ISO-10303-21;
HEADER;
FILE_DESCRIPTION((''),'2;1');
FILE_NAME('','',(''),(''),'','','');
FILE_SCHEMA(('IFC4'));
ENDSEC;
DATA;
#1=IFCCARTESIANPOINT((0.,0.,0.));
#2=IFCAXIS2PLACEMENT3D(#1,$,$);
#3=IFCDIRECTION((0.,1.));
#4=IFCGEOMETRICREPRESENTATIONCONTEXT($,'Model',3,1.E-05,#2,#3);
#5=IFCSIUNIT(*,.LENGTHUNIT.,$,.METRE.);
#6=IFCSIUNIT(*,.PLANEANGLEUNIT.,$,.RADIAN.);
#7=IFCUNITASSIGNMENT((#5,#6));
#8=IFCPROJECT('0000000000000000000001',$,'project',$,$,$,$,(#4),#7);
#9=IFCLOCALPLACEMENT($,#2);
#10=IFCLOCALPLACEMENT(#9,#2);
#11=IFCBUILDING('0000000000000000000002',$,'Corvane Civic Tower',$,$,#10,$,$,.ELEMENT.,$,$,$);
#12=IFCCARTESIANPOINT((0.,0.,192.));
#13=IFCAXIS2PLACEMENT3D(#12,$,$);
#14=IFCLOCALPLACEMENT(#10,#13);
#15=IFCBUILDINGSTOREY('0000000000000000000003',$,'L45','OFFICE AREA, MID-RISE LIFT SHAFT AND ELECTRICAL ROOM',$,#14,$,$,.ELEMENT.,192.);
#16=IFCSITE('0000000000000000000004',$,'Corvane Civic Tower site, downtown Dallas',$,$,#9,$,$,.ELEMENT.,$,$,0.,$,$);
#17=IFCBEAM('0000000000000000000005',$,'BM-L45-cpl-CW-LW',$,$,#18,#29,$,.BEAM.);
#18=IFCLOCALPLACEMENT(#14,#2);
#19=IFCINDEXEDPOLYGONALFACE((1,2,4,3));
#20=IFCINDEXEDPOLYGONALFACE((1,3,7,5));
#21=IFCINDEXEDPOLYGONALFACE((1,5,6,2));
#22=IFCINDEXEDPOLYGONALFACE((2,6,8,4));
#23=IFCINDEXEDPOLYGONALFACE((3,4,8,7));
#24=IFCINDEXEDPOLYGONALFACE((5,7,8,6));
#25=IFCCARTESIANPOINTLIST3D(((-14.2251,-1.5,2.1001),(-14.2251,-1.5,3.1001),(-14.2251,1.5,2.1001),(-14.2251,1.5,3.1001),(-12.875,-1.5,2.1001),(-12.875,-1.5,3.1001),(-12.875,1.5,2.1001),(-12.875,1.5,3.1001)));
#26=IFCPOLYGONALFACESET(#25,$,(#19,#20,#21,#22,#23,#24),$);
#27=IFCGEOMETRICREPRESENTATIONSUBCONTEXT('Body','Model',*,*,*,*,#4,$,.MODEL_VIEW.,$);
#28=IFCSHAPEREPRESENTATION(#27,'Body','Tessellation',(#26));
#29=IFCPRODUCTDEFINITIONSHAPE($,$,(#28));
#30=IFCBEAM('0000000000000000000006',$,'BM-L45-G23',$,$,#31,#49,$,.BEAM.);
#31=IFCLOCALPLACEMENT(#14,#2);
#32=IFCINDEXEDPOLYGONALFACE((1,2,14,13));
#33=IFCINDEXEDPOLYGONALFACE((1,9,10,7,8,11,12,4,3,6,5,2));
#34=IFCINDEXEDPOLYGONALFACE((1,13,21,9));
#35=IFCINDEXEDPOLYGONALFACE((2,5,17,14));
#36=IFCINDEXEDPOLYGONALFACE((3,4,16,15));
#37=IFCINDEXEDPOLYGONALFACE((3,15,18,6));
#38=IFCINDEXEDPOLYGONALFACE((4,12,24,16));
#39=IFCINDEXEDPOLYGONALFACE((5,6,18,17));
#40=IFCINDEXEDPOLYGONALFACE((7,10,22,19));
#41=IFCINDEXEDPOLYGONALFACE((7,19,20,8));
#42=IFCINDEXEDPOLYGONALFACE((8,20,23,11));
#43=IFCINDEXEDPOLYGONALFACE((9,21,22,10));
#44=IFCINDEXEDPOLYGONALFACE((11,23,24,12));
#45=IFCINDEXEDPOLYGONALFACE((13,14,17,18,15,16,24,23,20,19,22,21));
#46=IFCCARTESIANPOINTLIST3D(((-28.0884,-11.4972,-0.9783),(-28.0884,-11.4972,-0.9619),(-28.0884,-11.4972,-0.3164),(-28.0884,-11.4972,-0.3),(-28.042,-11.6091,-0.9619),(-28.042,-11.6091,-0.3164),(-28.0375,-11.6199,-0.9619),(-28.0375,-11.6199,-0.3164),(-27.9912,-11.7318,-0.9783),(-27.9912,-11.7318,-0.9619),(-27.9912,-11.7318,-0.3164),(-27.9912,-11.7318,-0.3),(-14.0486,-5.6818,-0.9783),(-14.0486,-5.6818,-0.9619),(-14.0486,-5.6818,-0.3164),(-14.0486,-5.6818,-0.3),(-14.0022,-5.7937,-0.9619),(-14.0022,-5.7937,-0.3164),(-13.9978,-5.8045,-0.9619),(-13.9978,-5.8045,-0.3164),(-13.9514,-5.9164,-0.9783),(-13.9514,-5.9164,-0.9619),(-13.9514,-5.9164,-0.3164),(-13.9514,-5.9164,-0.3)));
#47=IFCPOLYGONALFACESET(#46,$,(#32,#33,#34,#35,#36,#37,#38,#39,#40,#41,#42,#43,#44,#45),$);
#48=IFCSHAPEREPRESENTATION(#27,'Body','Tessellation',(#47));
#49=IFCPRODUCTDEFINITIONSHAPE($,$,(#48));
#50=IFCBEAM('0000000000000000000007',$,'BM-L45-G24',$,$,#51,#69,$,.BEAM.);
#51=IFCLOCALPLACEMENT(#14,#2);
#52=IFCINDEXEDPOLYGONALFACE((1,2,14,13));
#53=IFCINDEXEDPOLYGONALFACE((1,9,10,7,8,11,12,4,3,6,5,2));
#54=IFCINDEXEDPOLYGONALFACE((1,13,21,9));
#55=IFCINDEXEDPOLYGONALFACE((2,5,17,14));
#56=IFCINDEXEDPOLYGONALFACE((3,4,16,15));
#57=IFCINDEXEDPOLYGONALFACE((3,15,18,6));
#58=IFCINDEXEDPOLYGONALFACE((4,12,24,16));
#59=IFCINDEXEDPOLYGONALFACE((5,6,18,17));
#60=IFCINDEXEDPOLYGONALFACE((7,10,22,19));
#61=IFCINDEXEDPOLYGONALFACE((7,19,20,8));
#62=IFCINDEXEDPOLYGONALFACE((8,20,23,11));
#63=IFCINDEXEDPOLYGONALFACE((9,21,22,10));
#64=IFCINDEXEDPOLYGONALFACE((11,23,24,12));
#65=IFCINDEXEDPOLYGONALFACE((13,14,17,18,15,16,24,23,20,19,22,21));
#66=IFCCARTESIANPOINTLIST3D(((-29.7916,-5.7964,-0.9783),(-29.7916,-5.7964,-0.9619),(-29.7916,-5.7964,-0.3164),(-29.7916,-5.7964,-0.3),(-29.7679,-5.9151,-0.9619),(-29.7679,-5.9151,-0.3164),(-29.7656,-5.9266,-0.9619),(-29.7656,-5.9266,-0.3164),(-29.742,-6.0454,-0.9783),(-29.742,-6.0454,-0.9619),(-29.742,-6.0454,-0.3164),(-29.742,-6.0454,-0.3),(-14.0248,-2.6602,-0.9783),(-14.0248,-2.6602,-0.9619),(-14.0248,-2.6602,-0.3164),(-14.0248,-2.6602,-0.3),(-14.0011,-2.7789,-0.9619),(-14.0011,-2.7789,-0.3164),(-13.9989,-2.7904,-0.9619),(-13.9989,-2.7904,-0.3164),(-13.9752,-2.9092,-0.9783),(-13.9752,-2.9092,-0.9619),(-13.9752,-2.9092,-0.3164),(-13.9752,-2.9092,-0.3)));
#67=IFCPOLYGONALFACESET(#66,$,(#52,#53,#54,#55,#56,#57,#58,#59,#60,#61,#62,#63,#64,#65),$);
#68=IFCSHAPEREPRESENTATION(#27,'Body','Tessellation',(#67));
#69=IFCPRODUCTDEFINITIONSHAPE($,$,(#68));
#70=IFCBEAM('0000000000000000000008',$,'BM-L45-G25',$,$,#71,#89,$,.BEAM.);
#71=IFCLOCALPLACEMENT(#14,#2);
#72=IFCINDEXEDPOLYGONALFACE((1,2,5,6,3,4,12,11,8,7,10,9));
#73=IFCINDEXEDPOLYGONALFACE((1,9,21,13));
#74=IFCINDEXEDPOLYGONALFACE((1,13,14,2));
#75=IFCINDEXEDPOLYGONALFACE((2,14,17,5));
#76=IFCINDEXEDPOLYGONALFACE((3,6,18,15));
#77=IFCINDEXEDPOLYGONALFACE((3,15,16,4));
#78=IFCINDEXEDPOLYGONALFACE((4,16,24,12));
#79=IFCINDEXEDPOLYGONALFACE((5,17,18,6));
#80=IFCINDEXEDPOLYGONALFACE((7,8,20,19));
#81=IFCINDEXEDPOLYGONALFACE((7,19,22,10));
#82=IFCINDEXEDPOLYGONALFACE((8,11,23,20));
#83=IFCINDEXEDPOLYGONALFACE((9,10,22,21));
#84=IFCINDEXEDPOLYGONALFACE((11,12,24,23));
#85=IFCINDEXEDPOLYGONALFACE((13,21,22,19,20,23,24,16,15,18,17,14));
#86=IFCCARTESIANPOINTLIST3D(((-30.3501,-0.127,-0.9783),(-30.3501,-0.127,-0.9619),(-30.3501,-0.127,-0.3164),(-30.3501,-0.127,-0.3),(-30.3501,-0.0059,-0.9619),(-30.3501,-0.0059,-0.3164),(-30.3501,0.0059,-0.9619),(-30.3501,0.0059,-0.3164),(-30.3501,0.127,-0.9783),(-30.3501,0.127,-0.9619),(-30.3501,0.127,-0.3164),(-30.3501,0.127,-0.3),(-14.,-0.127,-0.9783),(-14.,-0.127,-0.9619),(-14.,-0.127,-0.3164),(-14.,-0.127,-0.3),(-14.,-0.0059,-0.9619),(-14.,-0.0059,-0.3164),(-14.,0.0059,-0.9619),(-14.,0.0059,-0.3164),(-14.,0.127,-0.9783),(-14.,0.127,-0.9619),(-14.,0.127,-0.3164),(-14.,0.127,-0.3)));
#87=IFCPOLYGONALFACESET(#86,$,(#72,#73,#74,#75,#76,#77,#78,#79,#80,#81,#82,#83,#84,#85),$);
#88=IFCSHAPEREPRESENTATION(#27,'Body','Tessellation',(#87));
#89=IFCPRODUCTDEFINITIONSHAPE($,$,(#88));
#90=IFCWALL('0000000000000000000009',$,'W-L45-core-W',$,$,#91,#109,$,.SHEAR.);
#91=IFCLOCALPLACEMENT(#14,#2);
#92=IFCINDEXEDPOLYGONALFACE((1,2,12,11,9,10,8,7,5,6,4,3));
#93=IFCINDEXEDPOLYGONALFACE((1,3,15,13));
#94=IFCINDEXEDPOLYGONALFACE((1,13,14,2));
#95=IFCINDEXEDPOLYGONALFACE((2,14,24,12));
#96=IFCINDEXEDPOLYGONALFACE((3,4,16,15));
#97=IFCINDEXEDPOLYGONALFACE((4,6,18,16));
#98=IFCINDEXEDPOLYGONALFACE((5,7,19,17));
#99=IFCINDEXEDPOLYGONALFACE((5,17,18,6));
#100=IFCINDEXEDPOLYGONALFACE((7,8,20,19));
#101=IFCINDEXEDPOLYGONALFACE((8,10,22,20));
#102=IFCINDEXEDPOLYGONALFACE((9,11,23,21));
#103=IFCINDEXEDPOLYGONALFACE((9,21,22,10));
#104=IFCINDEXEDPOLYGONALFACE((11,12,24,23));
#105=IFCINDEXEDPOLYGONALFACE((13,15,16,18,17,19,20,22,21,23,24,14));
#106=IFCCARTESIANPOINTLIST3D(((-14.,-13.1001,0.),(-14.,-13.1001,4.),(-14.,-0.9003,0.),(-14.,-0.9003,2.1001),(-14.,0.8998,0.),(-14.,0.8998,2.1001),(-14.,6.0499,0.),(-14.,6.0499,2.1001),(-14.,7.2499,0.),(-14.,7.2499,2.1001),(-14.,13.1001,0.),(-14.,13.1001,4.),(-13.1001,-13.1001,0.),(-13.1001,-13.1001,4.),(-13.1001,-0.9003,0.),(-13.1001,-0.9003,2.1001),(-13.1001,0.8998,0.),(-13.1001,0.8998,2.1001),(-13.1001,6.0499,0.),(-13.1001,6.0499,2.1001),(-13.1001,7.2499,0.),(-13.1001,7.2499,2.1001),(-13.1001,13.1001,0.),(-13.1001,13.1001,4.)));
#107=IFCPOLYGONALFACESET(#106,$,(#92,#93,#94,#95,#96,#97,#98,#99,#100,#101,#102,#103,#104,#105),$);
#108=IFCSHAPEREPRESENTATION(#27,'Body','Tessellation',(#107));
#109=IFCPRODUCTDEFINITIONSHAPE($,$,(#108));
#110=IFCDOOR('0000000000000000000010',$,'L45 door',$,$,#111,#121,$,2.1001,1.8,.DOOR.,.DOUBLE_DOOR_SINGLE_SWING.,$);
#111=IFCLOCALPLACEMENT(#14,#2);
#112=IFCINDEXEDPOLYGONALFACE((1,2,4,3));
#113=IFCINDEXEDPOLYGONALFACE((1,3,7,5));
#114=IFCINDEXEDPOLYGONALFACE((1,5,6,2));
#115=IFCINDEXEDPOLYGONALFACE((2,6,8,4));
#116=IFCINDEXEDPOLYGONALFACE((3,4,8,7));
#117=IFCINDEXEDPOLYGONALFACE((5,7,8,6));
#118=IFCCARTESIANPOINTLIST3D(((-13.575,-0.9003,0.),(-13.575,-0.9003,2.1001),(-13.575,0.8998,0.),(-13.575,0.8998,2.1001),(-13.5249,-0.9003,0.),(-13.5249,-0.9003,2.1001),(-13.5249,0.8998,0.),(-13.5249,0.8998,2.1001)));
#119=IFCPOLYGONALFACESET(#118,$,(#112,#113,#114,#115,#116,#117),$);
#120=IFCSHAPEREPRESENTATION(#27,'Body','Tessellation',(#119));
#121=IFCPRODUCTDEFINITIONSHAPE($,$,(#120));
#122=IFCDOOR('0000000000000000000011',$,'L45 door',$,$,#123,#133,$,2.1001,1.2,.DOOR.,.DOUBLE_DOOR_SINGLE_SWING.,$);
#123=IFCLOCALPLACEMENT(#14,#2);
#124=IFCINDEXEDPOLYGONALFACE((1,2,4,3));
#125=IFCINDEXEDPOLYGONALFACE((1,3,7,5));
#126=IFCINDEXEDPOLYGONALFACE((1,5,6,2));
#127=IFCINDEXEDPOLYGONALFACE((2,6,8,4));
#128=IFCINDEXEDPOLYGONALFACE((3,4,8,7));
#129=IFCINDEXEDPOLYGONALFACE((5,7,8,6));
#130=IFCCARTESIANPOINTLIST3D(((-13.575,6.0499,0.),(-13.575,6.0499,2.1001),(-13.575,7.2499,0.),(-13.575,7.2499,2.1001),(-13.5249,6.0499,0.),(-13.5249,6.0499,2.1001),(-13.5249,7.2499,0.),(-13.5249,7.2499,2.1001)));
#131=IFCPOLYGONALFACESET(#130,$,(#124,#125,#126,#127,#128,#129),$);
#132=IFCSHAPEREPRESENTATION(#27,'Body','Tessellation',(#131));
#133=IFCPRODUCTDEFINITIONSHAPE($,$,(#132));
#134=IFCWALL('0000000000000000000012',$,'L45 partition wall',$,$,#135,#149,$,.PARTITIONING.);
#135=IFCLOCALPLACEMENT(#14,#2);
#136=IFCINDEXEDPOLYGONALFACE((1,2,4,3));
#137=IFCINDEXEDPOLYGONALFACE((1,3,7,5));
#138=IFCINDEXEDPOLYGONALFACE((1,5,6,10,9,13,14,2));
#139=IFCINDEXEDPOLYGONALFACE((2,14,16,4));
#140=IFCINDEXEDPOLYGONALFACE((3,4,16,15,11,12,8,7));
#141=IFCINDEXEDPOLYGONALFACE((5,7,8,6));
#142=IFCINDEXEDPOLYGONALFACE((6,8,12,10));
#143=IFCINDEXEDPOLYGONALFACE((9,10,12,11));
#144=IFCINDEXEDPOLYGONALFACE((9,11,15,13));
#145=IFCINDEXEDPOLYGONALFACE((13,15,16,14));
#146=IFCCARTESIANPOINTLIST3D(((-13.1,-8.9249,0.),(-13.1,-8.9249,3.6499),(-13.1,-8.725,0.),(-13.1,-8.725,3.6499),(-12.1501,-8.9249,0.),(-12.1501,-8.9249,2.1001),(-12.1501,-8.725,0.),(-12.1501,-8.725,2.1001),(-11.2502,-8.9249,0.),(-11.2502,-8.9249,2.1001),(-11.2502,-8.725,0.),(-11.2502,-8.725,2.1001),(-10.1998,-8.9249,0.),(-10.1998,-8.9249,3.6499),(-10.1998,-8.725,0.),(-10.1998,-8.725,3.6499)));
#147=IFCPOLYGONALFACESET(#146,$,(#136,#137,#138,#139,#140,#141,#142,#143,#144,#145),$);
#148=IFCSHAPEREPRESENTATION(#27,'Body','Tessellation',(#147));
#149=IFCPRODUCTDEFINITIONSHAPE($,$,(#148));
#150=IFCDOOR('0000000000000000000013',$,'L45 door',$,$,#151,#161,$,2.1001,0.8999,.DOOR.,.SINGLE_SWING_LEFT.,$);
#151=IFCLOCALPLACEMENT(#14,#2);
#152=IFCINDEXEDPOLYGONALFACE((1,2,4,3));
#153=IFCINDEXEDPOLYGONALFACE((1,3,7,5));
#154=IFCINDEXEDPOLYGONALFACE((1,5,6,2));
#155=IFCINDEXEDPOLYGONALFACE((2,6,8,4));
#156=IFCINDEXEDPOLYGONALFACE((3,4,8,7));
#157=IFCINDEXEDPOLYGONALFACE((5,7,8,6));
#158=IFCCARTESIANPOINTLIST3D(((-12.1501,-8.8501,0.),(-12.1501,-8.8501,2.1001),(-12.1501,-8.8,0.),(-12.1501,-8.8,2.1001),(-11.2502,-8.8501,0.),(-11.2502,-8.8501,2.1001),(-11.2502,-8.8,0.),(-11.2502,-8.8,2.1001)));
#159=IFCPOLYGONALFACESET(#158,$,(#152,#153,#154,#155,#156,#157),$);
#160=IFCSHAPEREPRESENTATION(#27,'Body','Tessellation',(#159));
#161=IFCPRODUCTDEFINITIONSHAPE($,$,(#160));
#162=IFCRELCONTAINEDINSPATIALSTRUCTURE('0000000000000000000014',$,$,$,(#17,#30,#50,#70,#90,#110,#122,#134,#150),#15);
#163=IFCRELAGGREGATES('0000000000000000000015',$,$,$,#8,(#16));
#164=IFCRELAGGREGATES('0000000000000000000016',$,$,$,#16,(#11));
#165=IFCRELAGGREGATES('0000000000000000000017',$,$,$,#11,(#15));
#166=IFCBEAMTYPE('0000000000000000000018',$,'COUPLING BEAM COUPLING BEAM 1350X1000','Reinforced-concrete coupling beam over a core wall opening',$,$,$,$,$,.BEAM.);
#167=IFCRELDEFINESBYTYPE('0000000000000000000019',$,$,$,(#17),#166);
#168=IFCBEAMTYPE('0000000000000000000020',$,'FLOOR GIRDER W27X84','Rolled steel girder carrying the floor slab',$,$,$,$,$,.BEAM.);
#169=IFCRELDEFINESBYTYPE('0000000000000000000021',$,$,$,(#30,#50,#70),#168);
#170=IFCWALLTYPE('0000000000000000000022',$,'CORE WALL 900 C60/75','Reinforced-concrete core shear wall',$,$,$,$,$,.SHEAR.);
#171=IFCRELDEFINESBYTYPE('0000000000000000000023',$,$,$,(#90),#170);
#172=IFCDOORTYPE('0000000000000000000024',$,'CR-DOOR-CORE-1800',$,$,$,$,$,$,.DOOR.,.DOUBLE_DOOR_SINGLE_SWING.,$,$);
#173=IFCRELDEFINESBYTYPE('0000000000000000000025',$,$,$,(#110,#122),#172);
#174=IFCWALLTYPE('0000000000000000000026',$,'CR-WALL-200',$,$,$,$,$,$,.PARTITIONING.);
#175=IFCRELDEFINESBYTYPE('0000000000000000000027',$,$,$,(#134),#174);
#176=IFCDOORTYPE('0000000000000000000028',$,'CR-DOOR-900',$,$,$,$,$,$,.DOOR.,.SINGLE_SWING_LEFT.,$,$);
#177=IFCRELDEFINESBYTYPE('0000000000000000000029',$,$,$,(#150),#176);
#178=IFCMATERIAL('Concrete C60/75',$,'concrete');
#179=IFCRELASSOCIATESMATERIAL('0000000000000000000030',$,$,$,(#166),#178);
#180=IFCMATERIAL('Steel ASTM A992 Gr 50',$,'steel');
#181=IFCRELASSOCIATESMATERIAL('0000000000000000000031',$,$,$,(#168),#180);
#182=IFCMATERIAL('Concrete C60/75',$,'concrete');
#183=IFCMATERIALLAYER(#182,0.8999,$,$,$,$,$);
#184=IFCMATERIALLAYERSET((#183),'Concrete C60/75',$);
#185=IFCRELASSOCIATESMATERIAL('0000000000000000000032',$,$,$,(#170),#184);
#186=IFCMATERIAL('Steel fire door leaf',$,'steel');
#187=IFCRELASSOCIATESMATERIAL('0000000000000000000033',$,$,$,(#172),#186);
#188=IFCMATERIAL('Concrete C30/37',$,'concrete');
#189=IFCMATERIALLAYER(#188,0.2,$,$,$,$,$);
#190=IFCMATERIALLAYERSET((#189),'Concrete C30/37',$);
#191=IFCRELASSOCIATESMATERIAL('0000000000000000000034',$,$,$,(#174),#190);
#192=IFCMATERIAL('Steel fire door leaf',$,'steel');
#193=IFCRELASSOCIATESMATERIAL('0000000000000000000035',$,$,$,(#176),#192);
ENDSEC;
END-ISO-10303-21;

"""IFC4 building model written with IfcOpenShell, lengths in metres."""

from ifc_helpers import new_model, si_unit, direction, frame, frame_2d, origin, origin_2d, place, context, subcontext, project, spatial, rectangle, i_section, extrude, material, layer, layer_set, material_profile, profile_set, type_object, element, fill, save


model = new_model("IFC4")

# Units and contexts
model_context = context("Model", 3, precision=1e-05, world=origin(), true_north=direction((0.0, 1.0)))
body_context = subcontext(model_context, "Body", "Model", "MODEL_VIEW")
ifc_project = project(units=[si_unit("LENGTHUNIT", "METRE"), si_unit("PLANEANGLEUNIT", "RADIAN")], contexts=[model_context])

# Site, building, storey
site_placement = place(None, origin())
site = spatial("IfcSite", under=ifc_project, at=site_placement, Name="Corvane Civic Tower site, downtown Dallas", CompositionType="ELEMENT", RefElevation=0.0)
building_placement = place(site_placement, origin())
building = spatial("IfcBuilding", under=site, at=building_placement, Name="Corvane Civic Tower", CompositionType="ELEMENT")
storey_placement = place(building_placement, frame((0.0, 0.0, 192.0)))
storey = spatial("IfcBuildingStorey", under=building, at=storey_placement, Name="L45", Description="OFFICE AREA, MID-RISE LIFT SHAFT AND ELECTRICAL ROOM", CompositionType="ELEMENT", Elevation=192.0)

# Beams
ifc_material_1 = material(Name="Concrete C60/75", Category="concrete")
ifc_material_profile_1 = material_profile(ifc_material_1, rectangle(XDim=1.3501, YDim=1.0, at=origin_2d()), Name="COUPLING BEAM 1350X1000")
ifc_profile_set_1 = profile_set([ifc_material_profile_1], Name="Concrete C60/75")
beam_type_1 = type_object("IfcBeamType", Name="COUPLING BEAM COUPLING BEAM 1350X1000", Description="Reinforced-concrete coupling beam over a core wall opening", PredefinedType="BEAM", material=ifc_profile_set_1)
beam_1_placement = place(storey_placement, frame((-13.55, -1.5, 2.6001), z_axis=(0.0, 1.0, 0.0), x_axis=(-1.0, 0.0, 0.0)))
element("IfcBeam", 1, at=beam_1_placement, inside=storey, type_object=beam_type_1, Name="BM-L45-cpl-CW-LW", PredefinedType="BEAM", context=body_context, shape_type="SweptSolid", body=[
    extrude(rectangle(XDim=1.3501, YDim=1.0, at=origin_2d()), origin(), (0.0, 0.0, 1.0), 3.0),
])
ifc_material_2 = material(Name="Steel ASTM A992 Gr 50", Category="steel")
ifc_material_profile_2 = material_profile(ifc_material_2, i_section(OverallWidth=0.2539, OverallDepth=0.6782, WebThickness=0.0117, FlangeThickness=0.0164, at=origin_2d()), Name="W27X84")
ifc_profile_set_2 = profile_set([ifc_material_profile_2], Name="Steel ASTM A992 Gr 50")
beam_type_2 = type_object("IfcBeamType", Name="FLOOR GIRDER W27X84", Description="Rolled steel girder carrying the floor slab", PredefinedType="BEAM", material=ifc_profile_set_2)
beam_2_placement = place(storey_placement, frame((-14.0, -5.7991, -0.6392), z_axis=(-0.923881, -0.382681, 0.0), x_axis=(0.382681, -0.923881, 0.0)))
element("IfcBeam", 2, at=beam_2_placement, inside=storey, type_object=beam_type_2, Name="BM-L45-G23", PredefinedType="BEAM", context=body_context, shape_type="SweptSolid", body=[
    extrude(i_section(OverallWidth=0.2539, OverallDepth=0.6782, WebThickness=0.0117, FlangeThickness=0.0164, at=origin_2d()), origin(), (0.0, 0.0, 1.0), 15.1965),
])
beam_3_placement = place(storey_placement, frame((-14.0, -2.7847, -0.6392), z_axis=(-0.980785, -0.195091, 0.0), x_axis=(0.195091, -0.980785, 0.0)))
element("IfcBeam", 3, at=beam_3_placement, inside=storey, type_object=beam_type_2, Name="BM-L45-G24", PredefinedType="BEAM", context=body_context, shape_type="SweptSolid", body=[
    extrude(i_section(OverallWidth=0.2539, OverallDepth=0.6782, WebThickness=0.0117, FlangeThickness=0.0164, at=origin_2d()), origin(), (0.0, 0.0, 1.0), 16.0757),
])
beam_4_placement = place(storey_placement, frame((-14.0, 0.0, -0.6392), z_axis=(-1.0, 0.0, 0.0), x_axis=(0.0, -1.0, 0.0)))
element("IfcBeam", 4, at=beam_4_placement, inside=storey, type_object=beam_type_2, Name="BM-L45-G25", PredefinedType="BEAM", context=body_context, shape_type="SweptSolid", body=[
    extrude(i_section(OverallWidth=0.2539, OverallDepth=0.6782, WebThickness=0.0117, FlangeThickness=0.0164, at=origin_2d()), origin(), (0.0, 0.0, 1.0), 16.3501),
])

# Wall, openings, doors
ifc_material_3 = material(Name="Concrete C60/75", Category="concrete")
ifc_layer_1 = layer(ifc_material_3, 0.8999)
ifc_layer_set_1 = layer_set([ifc_layer_1], Name="Concrete C60/75")
wall_type_1 = type_object("IfcWallType", Name="CORE WALL 900 C60/75", Description="Reinforced-concrete core shear wall", PredefinedType="SHEAR", material=ifc_layer_set_1)
wall_1_placement = place(storey_placement, frame((-13.55, -13.1001, 0.0), z_axis=(0.0, 0.0, 1.0), x_axis=(0.0, 1.0, 0.0)))
wall_1 = element("IfcWall", 5, at=wall_1_placement, inside=storey, type_object=wall_type_1, Name="W-L45-core-W", PredefinedType="SHEAR", context=body_context, shape_type="SweptSolid", body=[
    extrude(rectangle(XDim=26.2002, YDim=0.8999, at=frame_2d((13.1001, 0.0))), origin(), (0.0, 0.0, 1.0), 4.0),
])
opening_1_placement = place(wall_1_placement, frame((12.2, 0.0, 0.0)))
opening_1 = element("IfcOpeningElement", 6, at=opening_1_placement, cuts=wall_1, PredefinedType="OPENING", context=body_context, shape_type="SweptSolid", body=[
    extrude(rectangle(XDim=1.8, YDim=2.1001, at=frame_2d((0.8999, 1.05))), frame((0.0, 0.46, 0.0), z_axis=(0.0, -1.0, 0.0), x_axis=(1.0, 0.0, 0.0)), (0.0, 0.0, 1.0), 0.9199),
])
opening_2_placement = place(wall_1_placement, frame((19.1499, 0.0, 0.0)))
opening_2 = element("IfcOpeningElement", 7, at=opening_2_placement, cuts=wall_1, PredefinedType="OPENING", context=body_context, shape_type="SweptSolid", body=[
    extrude(rectangle(XDim=1.2, YDim=2.1001, at=frame_2d((0.6001, 1.05))), frame((0.0, 0.46, 0.0), z_axis=(0.0, -1.0, 0.0), x_axis=(1.0, 0.0, 0.0)), (0.0, 0.0, 1.0), 0.9199),
])
ifc_material_4 = material(Name="Steel fire door leaf", Category="steel")
door_type_1 = type_object("IfcDoorType", Name="CR-DOOR-CORE-1800", OperationType="DOUBLE_DOOR_SINGLE_SWING", PredefinedType="DOOR", material=ifc_material_4)
door_1_placement = place(opening_1_placement, origin())
door_1 = element("IfcDoor", 8, at=door_1_placement, inside=storey, type_object=door_type_1, Name="L45 door", OperationType="DOUBLE_DOOR_SINGLE_SWING", OverallHeight=2.1001, OverallWidth=1.8, PredefinedType="DOOR", context=body_context, shape_type="SweptSolid", body=[
    extrude(rectangle(XDim=1.8, YDim=2.1001, at=frame_2d((0.8999, 1.05))), frame((0.0, 0.0249, 0.0), z_axis=(0.0, -1.0, 0.0), x_axis=(1.0, 0.0, 0.0)), (0.0, 0.0, 1.0), 0.05),
])
fill(opening_1, door_1)
door_2_placement = place(opening_2_placement, origin())
door_2 = element("IfcDoor", 9, at=door_2_placement, inside=storey, type_object=door_type_1, Name="L45 door", OperationType="DOUBLE_DOOR_SINGLE_SWING", OverallHeight=2.1001, OverallWidth=1.2, PredefinedType="DOOR", context=body_context, shape_type="SweptSolid", body=[
    extrude(rectangle(XDim=1.2, YDim=2.1001, at=frame_2d((0.6001, 1.05))), frame((0.0, 0.0249, 0.0), z_axis=(0.0, -1.0, 0.0), x_axis=(1.0, 0.0, 0.0)), (0.0, 0.0, 1.0), 0.05),
])
fill(opening_2, door_2)

# Wall, opening, door
ifc_material_5 = material(Name="Concrete C30/37", Category="concrete")
ifc_layer_2 = layer(ifc_material_5, 0.2)
ifc_layer_set_2 = layer_set([ifc_layer_2], Name="Concrete C30/37")
wall_type_2 = type_object("IfcWallType", Name="CR-WALL-200", PredefinedType="PARTITIONING", material=ifc_layer_set_2)
wall_2_placement = place(storey_placement, frame((-13.1001, -8.825, 0.0), z_axis=(0.0, 0.0, 1.0), x_axis=(1.0, 0.0, 0.0)))
wall_2 = element("IfcWall", 10, at=wall_2_placement, inside=storey, type_object=wall_type_2, Name="L45 partition wall", PredefinedType="PARTITIONING", context=body_context, shape_type="SweptSolid", body=[
    extrude(rectangle(XDim=2.9001, YDim=0.2, at=frame_2d((1.4502, 0.0))), origin(), (0.0, 0.0, 1.0), 3.6499),
])
opening_3_placement = place(wall_2_placement, frame((0.95, 0.0, 0.0)))
opening_3 = element("IfcOpeningElement", 11, at=opening_3_placement, cuts=wall_2, PredefinedType="OPENING", context=body_context, shape_type="SweptSolid", body=[
    extrude(rectangle(XDim=0.8999, YDim=2.1001, at=frame_2d((0.45, 1.05))), frame((0.0, 0.1099, 0.0), z_axis=(0.0, -1.0, 0.0), x_axis=(1.0, 0.0, 0.0)), (0.0, 0.0, 1.0), 0.22),
])
ifc_material_6 = material(Name="Steel fire door leaf", Category="steel")
door_type_2 = type_object("IfcDoorType", Name="CR-DOOR-900", OperationType="SINGLE_SWING_LEFT", PredefinedType="DOOR", material=ifc_material_6)
door_3_placement = place(opening_3_placement, origin())
door_3 = element("IfcDoor", 12, at=door_3_placement, inside=storey, type_object=door_type_2, Name="L45 door", OperationType="SINGLE_SWING_LEFT", OverallHeight=2.1001, OverallWidth=0.8999, PredefinedType="DOOR", context=body_context, shape_type="SweptSolid", body=[
    extrude(rectangle(XDim=0.8999, YDim=2.1001, at=frame_2d((0.45, 1.05))), frame((0.0, 0.0249, 0.0), z_axis=(0.0, -1.0, 0.0), x_axis=(1.0, 0.0, 0.0)), (0.0, 0.0, 1.0), 0.05),
])
fill(opening_3, door_3)

save(model, "model.ifc")
